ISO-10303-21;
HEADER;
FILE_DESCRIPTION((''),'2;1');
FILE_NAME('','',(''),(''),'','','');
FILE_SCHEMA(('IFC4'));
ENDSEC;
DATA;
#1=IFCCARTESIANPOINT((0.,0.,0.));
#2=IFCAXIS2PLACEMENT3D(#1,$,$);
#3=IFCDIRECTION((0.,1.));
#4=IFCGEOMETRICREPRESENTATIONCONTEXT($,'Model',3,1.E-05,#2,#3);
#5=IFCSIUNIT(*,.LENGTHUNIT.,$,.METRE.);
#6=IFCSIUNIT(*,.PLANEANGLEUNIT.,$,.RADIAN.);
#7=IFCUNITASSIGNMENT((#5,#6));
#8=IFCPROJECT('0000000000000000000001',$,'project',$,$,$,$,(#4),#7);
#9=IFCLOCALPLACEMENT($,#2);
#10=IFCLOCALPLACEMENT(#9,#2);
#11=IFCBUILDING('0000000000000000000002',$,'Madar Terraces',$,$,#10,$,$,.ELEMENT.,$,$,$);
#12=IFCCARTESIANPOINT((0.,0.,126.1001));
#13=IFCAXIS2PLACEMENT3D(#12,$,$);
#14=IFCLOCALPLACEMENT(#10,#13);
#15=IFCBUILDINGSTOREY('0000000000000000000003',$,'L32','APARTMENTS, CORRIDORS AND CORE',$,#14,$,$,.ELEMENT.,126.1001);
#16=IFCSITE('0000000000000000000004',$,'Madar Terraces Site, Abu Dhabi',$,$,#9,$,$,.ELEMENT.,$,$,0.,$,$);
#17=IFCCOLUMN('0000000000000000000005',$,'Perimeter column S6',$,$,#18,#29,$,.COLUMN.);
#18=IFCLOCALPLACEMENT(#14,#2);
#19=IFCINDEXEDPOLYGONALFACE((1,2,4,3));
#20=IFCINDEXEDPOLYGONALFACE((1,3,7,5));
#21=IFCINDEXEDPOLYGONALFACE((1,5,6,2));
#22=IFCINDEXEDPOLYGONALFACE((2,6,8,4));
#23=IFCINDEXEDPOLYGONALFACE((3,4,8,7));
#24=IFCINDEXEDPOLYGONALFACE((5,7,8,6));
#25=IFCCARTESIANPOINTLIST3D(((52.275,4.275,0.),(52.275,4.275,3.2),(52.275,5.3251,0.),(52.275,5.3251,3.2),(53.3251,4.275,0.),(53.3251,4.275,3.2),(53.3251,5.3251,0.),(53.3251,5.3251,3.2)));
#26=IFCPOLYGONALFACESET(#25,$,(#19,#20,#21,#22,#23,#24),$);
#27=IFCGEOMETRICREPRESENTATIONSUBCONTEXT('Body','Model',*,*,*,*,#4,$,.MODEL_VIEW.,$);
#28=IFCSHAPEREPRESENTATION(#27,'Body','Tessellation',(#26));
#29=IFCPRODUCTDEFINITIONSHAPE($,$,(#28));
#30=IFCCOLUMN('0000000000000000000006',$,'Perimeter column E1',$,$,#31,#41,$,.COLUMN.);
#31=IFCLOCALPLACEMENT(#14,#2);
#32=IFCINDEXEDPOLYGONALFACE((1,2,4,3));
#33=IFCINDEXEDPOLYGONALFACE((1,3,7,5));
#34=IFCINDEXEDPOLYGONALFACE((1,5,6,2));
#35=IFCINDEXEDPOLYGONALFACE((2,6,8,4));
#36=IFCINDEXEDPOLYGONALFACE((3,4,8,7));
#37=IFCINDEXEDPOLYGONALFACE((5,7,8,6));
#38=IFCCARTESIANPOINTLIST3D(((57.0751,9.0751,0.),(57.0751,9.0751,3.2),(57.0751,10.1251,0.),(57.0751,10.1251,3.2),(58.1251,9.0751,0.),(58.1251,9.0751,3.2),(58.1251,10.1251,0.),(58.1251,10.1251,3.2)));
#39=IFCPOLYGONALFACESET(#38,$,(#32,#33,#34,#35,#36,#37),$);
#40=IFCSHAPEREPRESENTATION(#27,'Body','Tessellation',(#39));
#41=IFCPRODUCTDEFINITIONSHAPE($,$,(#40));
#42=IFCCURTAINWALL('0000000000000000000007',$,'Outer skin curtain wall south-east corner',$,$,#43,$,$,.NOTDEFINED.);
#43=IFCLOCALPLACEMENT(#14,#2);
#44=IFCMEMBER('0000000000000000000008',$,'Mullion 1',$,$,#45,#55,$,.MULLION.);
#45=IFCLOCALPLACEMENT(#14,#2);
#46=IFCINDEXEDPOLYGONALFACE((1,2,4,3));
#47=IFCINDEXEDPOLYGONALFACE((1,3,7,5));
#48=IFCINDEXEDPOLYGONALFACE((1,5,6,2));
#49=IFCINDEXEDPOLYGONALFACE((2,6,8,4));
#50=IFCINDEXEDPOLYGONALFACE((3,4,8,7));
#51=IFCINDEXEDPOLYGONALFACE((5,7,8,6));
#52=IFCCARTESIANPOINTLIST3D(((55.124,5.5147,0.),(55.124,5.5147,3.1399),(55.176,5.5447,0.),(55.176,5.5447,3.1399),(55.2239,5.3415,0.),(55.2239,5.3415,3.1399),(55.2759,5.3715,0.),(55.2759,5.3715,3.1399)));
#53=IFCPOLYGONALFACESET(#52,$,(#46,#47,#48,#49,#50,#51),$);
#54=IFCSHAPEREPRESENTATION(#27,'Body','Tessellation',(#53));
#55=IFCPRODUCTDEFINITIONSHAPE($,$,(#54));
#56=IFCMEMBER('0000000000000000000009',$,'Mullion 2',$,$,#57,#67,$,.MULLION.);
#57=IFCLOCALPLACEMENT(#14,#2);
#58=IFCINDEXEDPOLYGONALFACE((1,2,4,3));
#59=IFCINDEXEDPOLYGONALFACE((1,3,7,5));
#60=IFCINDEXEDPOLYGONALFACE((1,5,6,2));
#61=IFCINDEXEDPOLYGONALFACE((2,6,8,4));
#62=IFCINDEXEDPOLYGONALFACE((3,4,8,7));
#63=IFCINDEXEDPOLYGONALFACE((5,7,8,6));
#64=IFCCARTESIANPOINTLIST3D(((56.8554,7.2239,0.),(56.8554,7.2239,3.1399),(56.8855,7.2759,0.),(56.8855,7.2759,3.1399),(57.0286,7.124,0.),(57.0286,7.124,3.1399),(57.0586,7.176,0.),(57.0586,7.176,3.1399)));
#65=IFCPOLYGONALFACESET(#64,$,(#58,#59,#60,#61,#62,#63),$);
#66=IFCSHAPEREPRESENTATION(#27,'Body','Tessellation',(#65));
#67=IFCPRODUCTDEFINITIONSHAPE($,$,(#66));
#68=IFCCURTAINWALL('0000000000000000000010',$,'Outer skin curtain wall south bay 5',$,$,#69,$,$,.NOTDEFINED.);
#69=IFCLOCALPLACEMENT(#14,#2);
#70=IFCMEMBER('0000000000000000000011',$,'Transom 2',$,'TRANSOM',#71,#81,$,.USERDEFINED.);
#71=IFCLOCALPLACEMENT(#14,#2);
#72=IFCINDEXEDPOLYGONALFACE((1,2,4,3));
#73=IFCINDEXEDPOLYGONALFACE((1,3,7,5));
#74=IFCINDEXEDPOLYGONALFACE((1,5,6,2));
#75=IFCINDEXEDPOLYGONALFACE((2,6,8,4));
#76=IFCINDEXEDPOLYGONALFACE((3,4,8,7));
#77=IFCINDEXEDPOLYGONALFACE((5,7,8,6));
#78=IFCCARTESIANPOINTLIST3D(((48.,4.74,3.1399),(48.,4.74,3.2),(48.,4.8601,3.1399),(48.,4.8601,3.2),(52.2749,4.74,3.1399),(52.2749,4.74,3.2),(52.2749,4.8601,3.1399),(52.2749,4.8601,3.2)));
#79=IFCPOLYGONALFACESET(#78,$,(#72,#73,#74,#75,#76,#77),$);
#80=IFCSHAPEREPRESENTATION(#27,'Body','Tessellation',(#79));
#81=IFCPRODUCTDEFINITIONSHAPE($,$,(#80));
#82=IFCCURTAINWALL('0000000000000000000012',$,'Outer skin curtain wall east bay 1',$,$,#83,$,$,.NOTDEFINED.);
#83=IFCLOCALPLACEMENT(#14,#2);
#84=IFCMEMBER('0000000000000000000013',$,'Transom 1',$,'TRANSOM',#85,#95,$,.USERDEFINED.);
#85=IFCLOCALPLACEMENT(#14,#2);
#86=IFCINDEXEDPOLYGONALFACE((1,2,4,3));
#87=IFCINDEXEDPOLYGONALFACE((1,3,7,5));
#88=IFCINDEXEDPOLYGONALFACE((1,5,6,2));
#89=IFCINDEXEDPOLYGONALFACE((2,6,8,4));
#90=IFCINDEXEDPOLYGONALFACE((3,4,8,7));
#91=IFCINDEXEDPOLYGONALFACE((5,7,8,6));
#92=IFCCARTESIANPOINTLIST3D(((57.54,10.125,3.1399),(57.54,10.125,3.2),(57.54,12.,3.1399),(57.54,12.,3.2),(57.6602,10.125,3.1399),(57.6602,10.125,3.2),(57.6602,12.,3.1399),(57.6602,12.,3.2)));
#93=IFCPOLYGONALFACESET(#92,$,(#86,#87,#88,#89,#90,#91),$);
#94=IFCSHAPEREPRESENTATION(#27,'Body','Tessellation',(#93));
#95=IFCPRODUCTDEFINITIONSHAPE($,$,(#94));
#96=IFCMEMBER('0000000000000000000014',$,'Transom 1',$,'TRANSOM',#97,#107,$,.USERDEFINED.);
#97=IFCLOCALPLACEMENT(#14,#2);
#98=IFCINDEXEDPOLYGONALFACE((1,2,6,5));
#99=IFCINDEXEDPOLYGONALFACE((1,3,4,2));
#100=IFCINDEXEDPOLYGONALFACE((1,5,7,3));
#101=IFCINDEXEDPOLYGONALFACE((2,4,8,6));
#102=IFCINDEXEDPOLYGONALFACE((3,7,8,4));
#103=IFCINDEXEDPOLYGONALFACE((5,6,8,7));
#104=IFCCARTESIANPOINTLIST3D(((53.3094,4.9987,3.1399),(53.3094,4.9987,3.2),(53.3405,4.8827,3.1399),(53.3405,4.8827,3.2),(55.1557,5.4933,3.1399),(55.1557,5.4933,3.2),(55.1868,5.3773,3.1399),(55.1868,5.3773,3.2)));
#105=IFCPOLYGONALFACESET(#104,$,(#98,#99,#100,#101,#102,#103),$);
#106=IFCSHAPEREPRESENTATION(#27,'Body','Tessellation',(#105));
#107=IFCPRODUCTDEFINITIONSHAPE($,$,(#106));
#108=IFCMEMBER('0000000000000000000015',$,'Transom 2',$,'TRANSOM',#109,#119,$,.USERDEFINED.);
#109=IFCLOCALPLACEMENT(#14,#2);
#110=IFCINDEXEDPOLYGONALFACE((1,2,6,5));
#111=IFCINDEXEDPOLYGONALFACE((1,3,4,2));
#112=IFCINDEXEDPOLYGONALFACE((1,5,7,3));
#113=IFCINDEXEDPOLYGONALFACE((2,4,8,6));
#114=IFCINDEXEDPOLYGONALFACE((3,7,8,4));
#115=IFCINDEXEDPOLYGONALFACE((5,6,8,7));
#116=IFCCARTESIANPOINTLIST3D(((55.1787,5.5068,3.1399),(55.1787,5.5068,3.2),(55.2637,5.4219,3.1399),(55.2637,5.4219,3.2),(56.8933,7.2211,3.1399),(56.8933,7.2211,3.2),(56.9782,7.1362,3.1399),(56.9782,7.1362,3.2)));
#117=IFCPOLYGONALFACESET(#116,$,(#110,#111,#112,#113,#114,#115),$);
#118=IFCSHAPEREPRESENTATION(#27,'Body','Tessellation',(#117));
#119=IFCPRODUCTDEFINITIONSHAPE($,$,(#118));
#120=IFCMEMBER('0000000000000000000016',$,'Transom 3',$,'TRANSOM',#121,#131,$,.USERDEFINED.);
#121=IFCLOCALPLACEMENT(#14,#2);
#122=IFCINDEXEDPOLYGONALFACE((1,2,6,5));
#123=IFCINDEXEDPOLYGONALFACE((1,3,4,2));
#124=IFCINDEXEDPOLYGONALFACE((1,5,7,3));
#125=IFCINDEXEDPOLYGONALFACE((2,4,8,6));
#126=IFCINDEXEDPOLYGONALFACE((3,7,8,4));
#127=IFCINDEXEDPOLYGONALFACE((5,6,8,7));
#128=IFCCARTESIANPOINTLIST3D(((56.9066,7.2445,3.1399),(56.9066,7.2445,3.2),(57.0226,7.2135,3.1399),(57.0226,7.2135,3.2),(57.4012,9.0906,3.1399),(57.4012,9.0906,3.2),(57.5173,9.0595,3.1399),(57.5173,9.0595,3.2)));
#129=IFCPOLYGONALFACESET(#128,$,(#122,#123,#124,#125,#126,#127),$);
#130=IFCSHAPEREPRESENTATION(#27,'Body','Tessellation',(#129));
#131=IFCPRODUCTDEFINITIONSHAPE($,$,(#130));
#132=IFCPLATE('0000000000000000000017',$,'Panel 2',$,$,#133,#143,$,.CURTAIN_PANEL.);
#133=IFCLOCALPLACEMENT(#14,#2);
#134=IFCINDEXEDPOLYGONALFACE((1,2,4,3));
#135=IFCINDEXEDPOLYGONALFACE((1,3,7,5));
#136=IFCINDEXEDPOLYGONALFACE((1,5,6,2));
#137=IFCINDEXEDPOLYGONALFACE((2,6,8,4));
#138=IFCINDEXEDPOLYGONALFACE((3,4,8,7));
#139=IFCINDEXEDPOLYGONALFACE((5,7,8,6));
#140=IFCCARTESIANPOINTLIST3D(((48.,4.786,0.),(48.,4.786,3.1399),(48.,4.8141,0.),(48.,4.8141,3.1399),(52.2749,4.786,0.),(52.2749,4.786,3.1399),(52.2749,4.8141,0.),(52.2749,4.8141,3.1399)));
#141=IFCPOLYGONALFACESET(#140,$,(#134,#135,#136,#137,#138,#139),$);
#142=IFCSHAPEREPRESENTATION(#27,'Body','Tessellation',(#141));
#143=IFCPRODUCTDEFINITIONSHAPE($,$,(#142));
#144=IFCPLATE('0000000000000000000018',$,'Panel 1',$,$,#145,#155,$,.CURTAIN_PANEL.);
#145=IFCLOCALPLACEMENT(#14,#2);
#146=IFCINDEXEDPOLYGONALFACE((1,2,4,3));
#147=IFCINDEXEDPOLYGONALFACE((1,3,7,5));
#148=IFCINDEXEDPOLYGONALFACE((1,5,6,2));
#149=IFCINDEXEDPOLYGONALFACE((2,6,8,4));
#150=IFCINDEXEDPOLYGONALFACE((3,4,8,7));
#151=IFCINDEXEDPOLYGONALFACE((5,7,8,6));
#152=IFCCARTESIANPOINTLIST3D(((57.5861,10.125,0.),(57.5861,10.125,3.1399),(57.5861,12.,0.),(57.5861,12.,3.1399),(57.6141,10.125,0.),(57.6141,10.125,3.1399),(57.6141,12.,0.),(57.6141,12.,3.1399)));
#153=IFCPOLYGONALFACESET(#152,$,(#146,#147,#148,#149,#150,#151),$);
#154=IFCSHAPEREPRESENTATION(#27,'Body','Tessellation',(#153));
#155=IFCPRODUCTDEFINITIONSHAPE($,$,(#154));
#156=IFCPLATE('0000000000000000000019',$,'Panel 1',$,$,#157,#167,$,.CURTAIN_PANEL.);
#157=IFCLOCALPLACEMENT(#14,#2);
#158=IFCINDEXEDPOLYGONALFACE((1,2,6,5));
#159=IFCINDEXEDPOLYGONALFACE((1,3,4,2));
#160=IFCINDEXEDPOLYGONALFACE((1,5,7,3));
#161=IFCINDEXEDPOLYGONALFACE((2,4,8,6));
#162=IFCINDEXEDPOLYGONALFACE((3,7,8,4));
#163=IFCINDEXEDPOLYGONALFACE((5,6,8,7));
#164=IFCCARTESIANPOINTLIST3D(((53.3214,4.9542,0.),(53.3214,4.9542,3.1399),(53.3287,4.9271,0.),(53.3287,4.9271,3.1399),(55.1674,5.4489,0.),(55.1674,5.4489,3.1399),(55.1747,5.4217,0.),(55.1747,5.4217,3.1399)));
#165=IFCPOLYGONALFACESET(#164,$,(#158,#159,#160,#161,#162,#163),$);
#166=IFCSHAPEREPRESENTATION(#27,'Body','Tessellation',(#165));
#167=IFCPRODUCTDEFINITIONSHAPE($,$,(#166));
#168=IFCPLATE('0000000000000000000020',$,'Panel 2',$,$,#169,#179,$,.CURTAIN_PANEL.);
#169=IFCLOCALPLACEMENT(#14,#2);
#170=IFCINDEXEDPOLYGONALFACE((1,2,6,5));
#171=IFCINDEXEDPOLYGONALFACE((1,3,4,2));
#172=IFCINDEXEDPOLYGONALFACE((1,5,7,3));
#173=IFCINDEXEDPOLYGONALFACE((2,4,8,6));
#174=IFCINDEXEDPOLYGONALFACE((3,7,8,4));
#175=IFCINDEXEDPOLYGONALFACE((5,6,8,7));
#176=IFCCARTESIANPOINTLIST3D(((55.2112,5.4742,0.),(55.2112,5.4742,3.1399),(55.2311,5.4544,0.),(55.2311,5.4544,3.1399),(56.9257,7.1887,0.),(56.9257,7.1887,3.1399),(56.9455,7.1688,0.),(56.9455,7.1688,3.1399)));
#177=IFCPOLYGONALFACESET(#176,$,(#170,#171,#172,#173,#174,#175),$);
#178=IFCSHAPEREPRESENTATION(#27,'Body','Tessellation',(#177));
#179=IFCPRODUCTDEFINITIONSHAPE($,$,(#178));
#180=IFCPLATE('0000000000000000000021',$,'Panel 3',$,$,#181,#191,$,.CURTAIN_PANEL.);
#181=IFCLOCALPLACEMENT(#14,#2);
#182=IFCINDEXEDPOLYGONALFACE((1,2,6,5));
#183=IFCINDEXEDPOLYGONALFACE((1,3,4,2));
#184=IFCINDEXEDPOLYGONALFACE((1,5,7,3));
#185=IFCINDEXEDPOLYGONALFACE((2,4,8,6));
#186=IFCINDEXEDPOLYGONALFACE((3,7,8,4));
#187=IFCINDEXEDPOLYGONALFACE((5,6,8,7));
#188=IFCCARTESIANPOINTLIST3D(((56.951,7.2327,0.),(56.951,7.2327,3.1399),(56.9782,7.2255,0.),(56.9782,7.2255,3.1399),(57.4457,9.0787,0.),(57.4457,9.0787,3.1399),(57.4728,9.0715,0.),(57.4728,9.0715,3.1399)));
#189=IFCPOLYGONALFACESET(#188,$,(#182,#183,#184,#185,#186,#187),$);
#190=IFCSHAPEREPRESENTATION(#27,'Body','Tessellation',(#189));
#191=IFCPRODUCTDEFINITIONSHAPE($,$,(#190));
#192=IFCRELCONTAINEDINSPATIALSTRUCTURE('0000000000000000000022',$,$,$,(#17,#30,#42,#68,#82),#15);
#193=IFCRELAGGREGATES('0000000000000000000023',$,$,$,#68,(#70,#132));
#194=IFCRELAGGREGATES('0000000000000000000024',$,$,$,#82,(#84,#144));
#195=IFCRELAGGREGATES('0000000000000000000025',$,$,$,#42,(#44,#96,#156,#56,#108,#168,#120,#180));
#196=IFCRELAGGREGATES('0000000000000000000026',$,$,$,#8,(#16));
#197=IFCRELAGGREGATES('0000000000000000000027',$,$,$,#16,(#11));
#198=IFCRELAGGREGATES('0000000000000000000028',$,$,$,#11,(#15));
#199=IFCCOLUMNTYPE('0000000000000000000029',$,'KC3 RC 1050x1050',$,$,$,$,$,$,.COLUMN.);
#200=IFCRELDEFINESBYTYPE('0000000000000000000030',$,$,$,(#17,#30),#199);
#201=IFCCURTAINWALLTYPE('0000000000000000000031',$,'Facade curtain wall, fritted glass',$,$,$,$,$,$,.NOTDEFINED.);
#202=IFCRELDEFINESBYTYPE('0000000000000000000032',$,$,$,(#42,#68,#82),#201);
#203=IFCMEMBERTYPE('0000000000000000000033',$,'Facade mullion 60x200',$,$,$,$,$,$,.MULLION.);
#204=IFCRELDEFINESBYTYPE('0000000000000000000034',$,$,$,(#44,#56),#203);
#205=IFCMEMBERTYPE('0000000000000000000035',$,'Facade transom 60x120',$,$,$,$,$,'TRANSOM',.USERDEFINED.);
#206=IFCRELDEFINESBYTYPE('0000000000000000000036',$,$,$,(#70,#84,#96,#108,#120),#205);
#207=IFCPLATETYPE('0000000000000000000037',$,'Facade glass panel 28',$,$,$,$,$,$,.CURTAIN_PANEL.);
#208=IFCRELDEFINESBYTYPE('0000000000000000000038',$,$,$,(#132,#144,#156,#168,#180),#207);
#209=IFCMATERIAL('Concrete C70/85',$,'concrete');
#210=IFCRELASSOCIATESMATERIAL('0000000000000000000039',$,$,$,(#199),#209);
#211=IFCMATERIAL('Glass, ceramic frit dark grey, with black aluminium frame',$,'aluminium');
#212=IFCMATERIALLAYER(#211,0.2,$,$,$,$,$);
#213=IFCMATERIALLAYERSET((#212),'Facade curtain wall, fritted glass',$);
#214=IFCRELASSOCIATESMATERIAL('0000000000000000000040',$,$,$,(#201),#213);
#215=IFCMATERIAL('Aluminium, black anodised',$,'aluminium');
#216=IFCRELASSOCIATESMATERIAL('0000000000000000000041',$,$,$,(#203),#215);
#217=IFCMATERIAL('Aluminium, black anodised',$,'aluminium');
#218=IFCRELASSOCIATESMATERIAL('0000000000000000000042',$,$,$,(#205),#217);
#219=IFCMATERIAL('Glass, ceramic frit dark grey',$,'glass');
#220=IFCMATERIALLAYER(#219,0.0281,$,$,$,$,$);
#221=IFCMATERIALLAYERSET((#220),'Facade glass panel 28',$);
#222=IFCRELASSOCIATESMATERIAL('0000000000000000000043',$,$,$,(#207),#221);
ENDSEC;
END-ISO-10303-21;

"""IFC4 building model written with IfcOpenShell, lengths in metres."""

from ifc_helpers import new_model, si_unit, direction, frame, origin, origin_2d, place, context, subcontext, project, spatial, rectangle, extrude, material, layer, layer_set, material_profile, profile_set, type_object, element, aggregate, save


model = new_model("IFC4")

# Units and contexts
model_context = context("Model", 3, precision=1e-05, world=origin(), true_north=direction((0.0, 1.0)))
body_context = subcontext(model_context, "Body", "Model", "MODEL_VIEW")
ifc_project = project(units=[si_unit("LENGTHUNIT", "METRE"), si_unit("PLANEANGLEUNIT", "RADIAN")], contexts=[model_context])

# Site, building, storey
site_placement = place(None, origin())
site = spatial("IfcSite", under=ifc_project, at=site_placement, Name="Madar Terraces Site, Abu Dhabi", CompositionType="ELEMENT", RefElevation=0.0)
building_placement = place(site_placement, origin())
building = spatial("IfcBuilding", under=site, at=building_placement, Name="Madar Terraces", CompositionType="ELEMENT")
storey_placement = place(building_placement, frame((0.0, 0.0, 126.1001)))
storey = spatial("IfcBuildingStorey", under=building, at=storey_placement, Name="L32", Description="APARTMENTS, CORRIDORS AND CORE", CompositionType="ELEMENT", Elevation=126.1001)

# Columns
ifc_material_1 = material(Name="Concrete C70/85", Category="concrete")
ifc_material_profile_1 = material_profile(ifc_material_1, rectangle(XDim=1.05, YDim=1.05, at=origin_2d()), Name="KC3 RC 1050x1050")
ifc_profile_set_1 = profile_set([ifc_material_profile_1], Name="Concrete C70/85")
column_type = type_object("IfcColumnType", Name="KC3 RC 1050x1050", PredefinedType="COLUMN", material=ifc_profile_set_1)
for number, where, z_axis, x_axis, name in (
    (1, (52.8, 4.8, 0.0), (0.0, 0.0, 1.0), (1.0, 0.0, 0.0), "Perimeter column S6"),
    (2, (57.6001, 9.6001, 0.0), (0.0, 0.0, 1.0), (1.0, 0.0, 0.0), "Perimeter column E1"),
):
    element("IfcColumn", number, at=place(storey_placement, frame(where, z_axis=z_axis, x_axis=x_axis)), inside=storey, type_object=column_type, Name=name, PredefinedType="COLUMN", context=body_context, shape_type="SweptSolid", body=[
        extrude(rectangle(XDim=1.05, YDim=1.05, at=origin_2d()), origin(), (0.0, 0.0, 1.0), 3.2),
    ])

# Curtain wall, members
ifc_material_2 = material(Name="Glass, ceramic frit dark grey, with black aluminium frame", Category="aluminium")
ifc_layer_1 = layer(ifc_material_2, 0.2)
ifc_layer_set_1 = layer_set([ifc_layer_1], Name="Facade curtain wall, fritted glass")
curtain_wall_type = type_object("IfcCurtainWallType", Name="Facade curtain wall, fritted glass", PredefinedType="NOTDEFINED", material=ifc_layer_set_1)
curtain_wall_1_placement = place(storey_placement, origin())
curtain_wall_1 = element("IfcCurtainWall", 3, at=curtain_wall_1_placement, inside=storey, type_object=curtain_wall_type, Name="Outer skin curtain wall south-east corner", PredefinedType="NOTDEFINED")
ifc_material_3 = material(Name="Aluminium, black anodised", Category="aluminium")
ifc_material_profile_2 = material_profile(ifc_material_3, rectangle(XDim=0.2, YDim=0.0601, at=origin_2d()), Name="Facade mullion 60x200")
ifc_profile_set_2 = profile_set([ifc_material_profile_2], Name="Aluminium, black anodised")
member_type_1 = type_object("IfcMemberType", Name="Facade mullion 60x200", PredefinedType="MULLION", material=ifc_profile_set_2)
member_1_placement = place(storey_placement, frame((55.2, 5.4431, 0.0), z_axis=(0.0, 0.0, 1.0), x_axis=(-0.5, 0.866025, 0.0)))
member_1 = element("IfcMember", 4, at=member_1_placement, type_object=member_type_1, Name="Mullion 1", PredefinedType="MULLION", context=body_context, shape_type="SweptSolid", body=[
    extrude(rectangle(XDim=0.2, YDim=0.0601, at=origin_2d()), origin(), (0.0, 0.0, 1.0), 3.1399),
])
member_2_placement = place(storey_placement, frame((56.957, 7.2, 0.0), z_axis=(0.0, 0.0, 1.0), x_axis=(-0.866025, 0.5, 0.0)))
member_2 = element("IfcMember", 5, at=member_2_placement, type_object=member_type_1, Name="Mullion 2", PredefinedType="MULLION", context=body_context, shape_type="SweptSolid", body=[
    extrude(rectangle(XDim=0.2, YDim=0.0601, at=origin_2d()), origin(), (0.0, 0.0, 1.0), 3.1399),
])

# Curtain walls, members
curtain_wall_2_placement = place(storey_placement, origin())
curtain_wall_2 = element("IfcCurtainWall", 6, at=curtain_wall_2_placement, inside=storey, type_object=curtain_wall_type, Name="Outer skin curtain wall south bay 5", PredefinedType="NOTDEFINED")
ifc_material_4 = material(Name="Aluminium, black anodised", Category="aluminium")
ifc_material_profile_3 = material_profile(ifc_material_4, rectangle(XDim=0.1201, YDim=0.0601, at=origin_2d()), Name="Facade transom 60x120")
ifc_profile_set_3 = profile_set([ifc_material_profile_3], Name="Aluminium, black anodised")
member_type_2 = type_object("IfcMemberType", Name="Facade transom 60x120", ElementType="TRANSOM", PredefinedType="USERDEFINED", material=ifc_profile_set_3)
member_3_placement = place(storey_placement, frame((48.0, 4.8, 3.1699), z_axis=(1.0, 0.0, 0.0), x_axis=(0.0, 1.0, 0.0)))
member_3 = element("IfcMember", 7, at=member_3_placement, type_object=member_type_2, Name="Transom 2", ObjectType="TRANSOM", PredefinedType="USERDEFINED", context=body_context, shape_type="SweptSolid", body=[
    extrude(rectangle(XDim=0.1201, YDim=0.0601, at=origin_2d()), origin(), (0.0, 0.0, 1.0), 4.2749),
])
curtain_wall_3_placement = place(storey_placement, origin())
curtain_wall_3 = element("IfcCurtainWall", 8, at=curtain_wall_3_placement, inside=storey, type_object=curtain_wall_type, Name="Outer skin curtain wall east bay 1", PredefinedType="NOTDEFINED")
member_4_placement = place(storey_placement, frame((57.6001, 10.125, 3.1699), z_axis=(0.0, 1.0, 0.0), x_axis=(-1.0, 0.0, 0.0)))
member_4 = element("IfcMember", 9, at=member_4_placement, type_object=member_type_2, Name="Transom 1", ObjectType="TRANSOM", PredefinedType="USERDEFINED", context=body_context, shape_type="SweptSolid", body=[
    extrude(rectangle(XDim=0.1201, YDim=0.0601, at=origin_2d()), origin(), (0.0, 0.0, 1.0), 1.875),
])

# Members
member_5_placement = place(storey_placement, frame((53.325, 4.9407, 3.1699), z_axis=(0.965933, 0.258791, 0.0), x_axis=(-0.258791, 0.965933, 0.0)))
member_5 = element("IfcMember", 10, at=member_5_placement, type_object=member_type_2, Name="Transom 1", ObjectType="TRANSOM", PredefinedType="USERDEFINED", context=body_context, shape_type="SweptSolid", body=[
    extrude(rectangle(XDim=0.1201, YDim=0.0601, at=origin_2d()), origin(), (0.0, 0.0, 1.0), 1.9114),
])
member_6_placement = place(storey_placement, frame((55.2212, 5.4644, 3.1699), z_axis=(0.707157, 0.707056, 0.0), x_axis=(-0.707056, 0.707157, 0.0)))
member_6 = element("IfcMember", 11, at=member_6_placement, type_object=member_type_2, Name="Transom 2", ObjectType="TRANSOM", PredefinedType="USERDEFINED", context=body_context, shape_type="SweptSolid", body=[
    extrude(rectangle(XDim=0.1201, YDim=0.0601, at=origin_2d()), origin(), (0.0, 0.0, 1.0), 2.4246),
])
member_7_placement = place(storey_placement, frame((56.9646, 7.229, 3.1699), z_axis=(0.258823, 0.965925, 0.0), x_axis=(-0.965925, 0.258823, 0.0)))
member_7 = element("IfcMember", 12, at=member_7_placement, type_object=member_type_2, Name="Transom 3", ObjectType="TRANSOM", PredefinedType="USERDEFINED", context=body_context, shape_type="SweptSolid", body=[
    extrude(rectangle(XDim=0.1201, YDim=0.0601, at=origin_2d()), origin(), (0.0, 0.0, 1.0), 1.9111),
])

# Plates
ifc_material_5 = material(Name="Glass, ceramic frit dark grey", Category="glass")
ifc_layer_2 = layer(ifc_material_5, 0.0281)
ifc_layer_set_2 = layer_set([ifc_layer_2], Name="Facade glass panel 28")
plate_type = type_object("IfcPlateType", Name="Facade glass panel 28", PredefinedType="CURTAIN_PANEL", material=ifc_layer_set_2)
plate_1_placement = place(storey_placement, frame((50.1375, 4.8, 0.0), z_axis=(0.0, 0.0, 1.0), x_axis=(1.0, 0.0, 0.0)))
plate_1 = element("IfcPlate", 13, at=plate_1_placement, type_object=plate_type, Name="Panel 2", PredefinedType="CURTAIN_PANEL", context=body_context, shape_type="SweptSolid", body=[
    extrude(rectangle(XDim=4.2749, YDim=0.0281, at=origin_2d()), origin(), (0.0, 0.0, 1.0), 3.1399),
])
aggregate(curtain_wall_2, [member_3, plate_1])
plate_2_placement = place(storey_placement, frame((57.6001, 11.0625, 0.0), z_axis=(0.0, 0.0, 1.0), x_axis=(0.0, 1.0, 0.0)))
plate_2 = element("IfcPlate", 14, at=plate_2_placement, type_object=plate_type, Name="Panel 1", PredefinedType="CURTAIN_PANEL", context=body_context, shape_type="SweptSolid", body=[
    extrude(rectangle(XDim=1.875, YDim=0.0281, at=origin_2d()), origin(), (0.0, 0.0, 1.0), 3.1399),
])
aggregate(curtain_wall_3, [member_4, plate_2])
plate_3_placement = place(storey_placement, frame((54.248, 5.188, 0.0), z_axis=(0.0, 0.0, 1.0), x_axis=(0.965926, 0.258819, 0.0)))
plate_3 = element("IfcPlate", 15, at=plate_3_placement, type_object=plate_type, Name="Panel 1", PredefinedType="CURTAIN_PANEL", context=body_context, shape_type="SweptSolid", body=[
    extrude(rectangle(XDim=1.9111, YDim=0.0281, at=origin_2d()), origin(), (0.0, 0.0, 1.0), 3.1399),
])
plate_4_placement = place(storey_placement, frame((56.0784, 6.3215, 0.0), z_axis=(0.0, 0.0, 1.0), x_axis=(0.707107, 0.707107, 0.0)))
plate_4 = element("IfcPlate", 16, at=plate_4_placement, type_object=plate_type, Name="Panel 2", PredefinedType="CURTAIN_PANEL", context=body_context, shape_type="SweptSolid", body=[
    extrude(rectangle(XDim=2.4246, YDim=0.0281, at=origin_2d()), origin(), (0.0, 0.0, 1.0), 3.1399),
])
plate_5_placement = place(storey_placement, frame((57.2119, 8.1521, 0.0), z_axis=(0.0, 0.0, 1.0), x_axis=(0.258819, 0.965926, 0.0)))
plate_5 = element("IfcPlate", 17, at=plate_5_placement, type_object=plate_type, Name="Panel 3", PredefinedType="CURTAIN_PANEL", context=body_context, shape_type="SweptSolid", body=[
    extrude(rectangle(XDim=1.9111, YDim=0.0281, at=origin_2d()), origin(), (0.0, 0.0, 1.0), 3.1399),
])
aggregate(curtain_wall_1, [member_1, member_5, plate_3, member_2, member_6, plate_4, member_7, plate_5])

save(model, "model.ifc")
